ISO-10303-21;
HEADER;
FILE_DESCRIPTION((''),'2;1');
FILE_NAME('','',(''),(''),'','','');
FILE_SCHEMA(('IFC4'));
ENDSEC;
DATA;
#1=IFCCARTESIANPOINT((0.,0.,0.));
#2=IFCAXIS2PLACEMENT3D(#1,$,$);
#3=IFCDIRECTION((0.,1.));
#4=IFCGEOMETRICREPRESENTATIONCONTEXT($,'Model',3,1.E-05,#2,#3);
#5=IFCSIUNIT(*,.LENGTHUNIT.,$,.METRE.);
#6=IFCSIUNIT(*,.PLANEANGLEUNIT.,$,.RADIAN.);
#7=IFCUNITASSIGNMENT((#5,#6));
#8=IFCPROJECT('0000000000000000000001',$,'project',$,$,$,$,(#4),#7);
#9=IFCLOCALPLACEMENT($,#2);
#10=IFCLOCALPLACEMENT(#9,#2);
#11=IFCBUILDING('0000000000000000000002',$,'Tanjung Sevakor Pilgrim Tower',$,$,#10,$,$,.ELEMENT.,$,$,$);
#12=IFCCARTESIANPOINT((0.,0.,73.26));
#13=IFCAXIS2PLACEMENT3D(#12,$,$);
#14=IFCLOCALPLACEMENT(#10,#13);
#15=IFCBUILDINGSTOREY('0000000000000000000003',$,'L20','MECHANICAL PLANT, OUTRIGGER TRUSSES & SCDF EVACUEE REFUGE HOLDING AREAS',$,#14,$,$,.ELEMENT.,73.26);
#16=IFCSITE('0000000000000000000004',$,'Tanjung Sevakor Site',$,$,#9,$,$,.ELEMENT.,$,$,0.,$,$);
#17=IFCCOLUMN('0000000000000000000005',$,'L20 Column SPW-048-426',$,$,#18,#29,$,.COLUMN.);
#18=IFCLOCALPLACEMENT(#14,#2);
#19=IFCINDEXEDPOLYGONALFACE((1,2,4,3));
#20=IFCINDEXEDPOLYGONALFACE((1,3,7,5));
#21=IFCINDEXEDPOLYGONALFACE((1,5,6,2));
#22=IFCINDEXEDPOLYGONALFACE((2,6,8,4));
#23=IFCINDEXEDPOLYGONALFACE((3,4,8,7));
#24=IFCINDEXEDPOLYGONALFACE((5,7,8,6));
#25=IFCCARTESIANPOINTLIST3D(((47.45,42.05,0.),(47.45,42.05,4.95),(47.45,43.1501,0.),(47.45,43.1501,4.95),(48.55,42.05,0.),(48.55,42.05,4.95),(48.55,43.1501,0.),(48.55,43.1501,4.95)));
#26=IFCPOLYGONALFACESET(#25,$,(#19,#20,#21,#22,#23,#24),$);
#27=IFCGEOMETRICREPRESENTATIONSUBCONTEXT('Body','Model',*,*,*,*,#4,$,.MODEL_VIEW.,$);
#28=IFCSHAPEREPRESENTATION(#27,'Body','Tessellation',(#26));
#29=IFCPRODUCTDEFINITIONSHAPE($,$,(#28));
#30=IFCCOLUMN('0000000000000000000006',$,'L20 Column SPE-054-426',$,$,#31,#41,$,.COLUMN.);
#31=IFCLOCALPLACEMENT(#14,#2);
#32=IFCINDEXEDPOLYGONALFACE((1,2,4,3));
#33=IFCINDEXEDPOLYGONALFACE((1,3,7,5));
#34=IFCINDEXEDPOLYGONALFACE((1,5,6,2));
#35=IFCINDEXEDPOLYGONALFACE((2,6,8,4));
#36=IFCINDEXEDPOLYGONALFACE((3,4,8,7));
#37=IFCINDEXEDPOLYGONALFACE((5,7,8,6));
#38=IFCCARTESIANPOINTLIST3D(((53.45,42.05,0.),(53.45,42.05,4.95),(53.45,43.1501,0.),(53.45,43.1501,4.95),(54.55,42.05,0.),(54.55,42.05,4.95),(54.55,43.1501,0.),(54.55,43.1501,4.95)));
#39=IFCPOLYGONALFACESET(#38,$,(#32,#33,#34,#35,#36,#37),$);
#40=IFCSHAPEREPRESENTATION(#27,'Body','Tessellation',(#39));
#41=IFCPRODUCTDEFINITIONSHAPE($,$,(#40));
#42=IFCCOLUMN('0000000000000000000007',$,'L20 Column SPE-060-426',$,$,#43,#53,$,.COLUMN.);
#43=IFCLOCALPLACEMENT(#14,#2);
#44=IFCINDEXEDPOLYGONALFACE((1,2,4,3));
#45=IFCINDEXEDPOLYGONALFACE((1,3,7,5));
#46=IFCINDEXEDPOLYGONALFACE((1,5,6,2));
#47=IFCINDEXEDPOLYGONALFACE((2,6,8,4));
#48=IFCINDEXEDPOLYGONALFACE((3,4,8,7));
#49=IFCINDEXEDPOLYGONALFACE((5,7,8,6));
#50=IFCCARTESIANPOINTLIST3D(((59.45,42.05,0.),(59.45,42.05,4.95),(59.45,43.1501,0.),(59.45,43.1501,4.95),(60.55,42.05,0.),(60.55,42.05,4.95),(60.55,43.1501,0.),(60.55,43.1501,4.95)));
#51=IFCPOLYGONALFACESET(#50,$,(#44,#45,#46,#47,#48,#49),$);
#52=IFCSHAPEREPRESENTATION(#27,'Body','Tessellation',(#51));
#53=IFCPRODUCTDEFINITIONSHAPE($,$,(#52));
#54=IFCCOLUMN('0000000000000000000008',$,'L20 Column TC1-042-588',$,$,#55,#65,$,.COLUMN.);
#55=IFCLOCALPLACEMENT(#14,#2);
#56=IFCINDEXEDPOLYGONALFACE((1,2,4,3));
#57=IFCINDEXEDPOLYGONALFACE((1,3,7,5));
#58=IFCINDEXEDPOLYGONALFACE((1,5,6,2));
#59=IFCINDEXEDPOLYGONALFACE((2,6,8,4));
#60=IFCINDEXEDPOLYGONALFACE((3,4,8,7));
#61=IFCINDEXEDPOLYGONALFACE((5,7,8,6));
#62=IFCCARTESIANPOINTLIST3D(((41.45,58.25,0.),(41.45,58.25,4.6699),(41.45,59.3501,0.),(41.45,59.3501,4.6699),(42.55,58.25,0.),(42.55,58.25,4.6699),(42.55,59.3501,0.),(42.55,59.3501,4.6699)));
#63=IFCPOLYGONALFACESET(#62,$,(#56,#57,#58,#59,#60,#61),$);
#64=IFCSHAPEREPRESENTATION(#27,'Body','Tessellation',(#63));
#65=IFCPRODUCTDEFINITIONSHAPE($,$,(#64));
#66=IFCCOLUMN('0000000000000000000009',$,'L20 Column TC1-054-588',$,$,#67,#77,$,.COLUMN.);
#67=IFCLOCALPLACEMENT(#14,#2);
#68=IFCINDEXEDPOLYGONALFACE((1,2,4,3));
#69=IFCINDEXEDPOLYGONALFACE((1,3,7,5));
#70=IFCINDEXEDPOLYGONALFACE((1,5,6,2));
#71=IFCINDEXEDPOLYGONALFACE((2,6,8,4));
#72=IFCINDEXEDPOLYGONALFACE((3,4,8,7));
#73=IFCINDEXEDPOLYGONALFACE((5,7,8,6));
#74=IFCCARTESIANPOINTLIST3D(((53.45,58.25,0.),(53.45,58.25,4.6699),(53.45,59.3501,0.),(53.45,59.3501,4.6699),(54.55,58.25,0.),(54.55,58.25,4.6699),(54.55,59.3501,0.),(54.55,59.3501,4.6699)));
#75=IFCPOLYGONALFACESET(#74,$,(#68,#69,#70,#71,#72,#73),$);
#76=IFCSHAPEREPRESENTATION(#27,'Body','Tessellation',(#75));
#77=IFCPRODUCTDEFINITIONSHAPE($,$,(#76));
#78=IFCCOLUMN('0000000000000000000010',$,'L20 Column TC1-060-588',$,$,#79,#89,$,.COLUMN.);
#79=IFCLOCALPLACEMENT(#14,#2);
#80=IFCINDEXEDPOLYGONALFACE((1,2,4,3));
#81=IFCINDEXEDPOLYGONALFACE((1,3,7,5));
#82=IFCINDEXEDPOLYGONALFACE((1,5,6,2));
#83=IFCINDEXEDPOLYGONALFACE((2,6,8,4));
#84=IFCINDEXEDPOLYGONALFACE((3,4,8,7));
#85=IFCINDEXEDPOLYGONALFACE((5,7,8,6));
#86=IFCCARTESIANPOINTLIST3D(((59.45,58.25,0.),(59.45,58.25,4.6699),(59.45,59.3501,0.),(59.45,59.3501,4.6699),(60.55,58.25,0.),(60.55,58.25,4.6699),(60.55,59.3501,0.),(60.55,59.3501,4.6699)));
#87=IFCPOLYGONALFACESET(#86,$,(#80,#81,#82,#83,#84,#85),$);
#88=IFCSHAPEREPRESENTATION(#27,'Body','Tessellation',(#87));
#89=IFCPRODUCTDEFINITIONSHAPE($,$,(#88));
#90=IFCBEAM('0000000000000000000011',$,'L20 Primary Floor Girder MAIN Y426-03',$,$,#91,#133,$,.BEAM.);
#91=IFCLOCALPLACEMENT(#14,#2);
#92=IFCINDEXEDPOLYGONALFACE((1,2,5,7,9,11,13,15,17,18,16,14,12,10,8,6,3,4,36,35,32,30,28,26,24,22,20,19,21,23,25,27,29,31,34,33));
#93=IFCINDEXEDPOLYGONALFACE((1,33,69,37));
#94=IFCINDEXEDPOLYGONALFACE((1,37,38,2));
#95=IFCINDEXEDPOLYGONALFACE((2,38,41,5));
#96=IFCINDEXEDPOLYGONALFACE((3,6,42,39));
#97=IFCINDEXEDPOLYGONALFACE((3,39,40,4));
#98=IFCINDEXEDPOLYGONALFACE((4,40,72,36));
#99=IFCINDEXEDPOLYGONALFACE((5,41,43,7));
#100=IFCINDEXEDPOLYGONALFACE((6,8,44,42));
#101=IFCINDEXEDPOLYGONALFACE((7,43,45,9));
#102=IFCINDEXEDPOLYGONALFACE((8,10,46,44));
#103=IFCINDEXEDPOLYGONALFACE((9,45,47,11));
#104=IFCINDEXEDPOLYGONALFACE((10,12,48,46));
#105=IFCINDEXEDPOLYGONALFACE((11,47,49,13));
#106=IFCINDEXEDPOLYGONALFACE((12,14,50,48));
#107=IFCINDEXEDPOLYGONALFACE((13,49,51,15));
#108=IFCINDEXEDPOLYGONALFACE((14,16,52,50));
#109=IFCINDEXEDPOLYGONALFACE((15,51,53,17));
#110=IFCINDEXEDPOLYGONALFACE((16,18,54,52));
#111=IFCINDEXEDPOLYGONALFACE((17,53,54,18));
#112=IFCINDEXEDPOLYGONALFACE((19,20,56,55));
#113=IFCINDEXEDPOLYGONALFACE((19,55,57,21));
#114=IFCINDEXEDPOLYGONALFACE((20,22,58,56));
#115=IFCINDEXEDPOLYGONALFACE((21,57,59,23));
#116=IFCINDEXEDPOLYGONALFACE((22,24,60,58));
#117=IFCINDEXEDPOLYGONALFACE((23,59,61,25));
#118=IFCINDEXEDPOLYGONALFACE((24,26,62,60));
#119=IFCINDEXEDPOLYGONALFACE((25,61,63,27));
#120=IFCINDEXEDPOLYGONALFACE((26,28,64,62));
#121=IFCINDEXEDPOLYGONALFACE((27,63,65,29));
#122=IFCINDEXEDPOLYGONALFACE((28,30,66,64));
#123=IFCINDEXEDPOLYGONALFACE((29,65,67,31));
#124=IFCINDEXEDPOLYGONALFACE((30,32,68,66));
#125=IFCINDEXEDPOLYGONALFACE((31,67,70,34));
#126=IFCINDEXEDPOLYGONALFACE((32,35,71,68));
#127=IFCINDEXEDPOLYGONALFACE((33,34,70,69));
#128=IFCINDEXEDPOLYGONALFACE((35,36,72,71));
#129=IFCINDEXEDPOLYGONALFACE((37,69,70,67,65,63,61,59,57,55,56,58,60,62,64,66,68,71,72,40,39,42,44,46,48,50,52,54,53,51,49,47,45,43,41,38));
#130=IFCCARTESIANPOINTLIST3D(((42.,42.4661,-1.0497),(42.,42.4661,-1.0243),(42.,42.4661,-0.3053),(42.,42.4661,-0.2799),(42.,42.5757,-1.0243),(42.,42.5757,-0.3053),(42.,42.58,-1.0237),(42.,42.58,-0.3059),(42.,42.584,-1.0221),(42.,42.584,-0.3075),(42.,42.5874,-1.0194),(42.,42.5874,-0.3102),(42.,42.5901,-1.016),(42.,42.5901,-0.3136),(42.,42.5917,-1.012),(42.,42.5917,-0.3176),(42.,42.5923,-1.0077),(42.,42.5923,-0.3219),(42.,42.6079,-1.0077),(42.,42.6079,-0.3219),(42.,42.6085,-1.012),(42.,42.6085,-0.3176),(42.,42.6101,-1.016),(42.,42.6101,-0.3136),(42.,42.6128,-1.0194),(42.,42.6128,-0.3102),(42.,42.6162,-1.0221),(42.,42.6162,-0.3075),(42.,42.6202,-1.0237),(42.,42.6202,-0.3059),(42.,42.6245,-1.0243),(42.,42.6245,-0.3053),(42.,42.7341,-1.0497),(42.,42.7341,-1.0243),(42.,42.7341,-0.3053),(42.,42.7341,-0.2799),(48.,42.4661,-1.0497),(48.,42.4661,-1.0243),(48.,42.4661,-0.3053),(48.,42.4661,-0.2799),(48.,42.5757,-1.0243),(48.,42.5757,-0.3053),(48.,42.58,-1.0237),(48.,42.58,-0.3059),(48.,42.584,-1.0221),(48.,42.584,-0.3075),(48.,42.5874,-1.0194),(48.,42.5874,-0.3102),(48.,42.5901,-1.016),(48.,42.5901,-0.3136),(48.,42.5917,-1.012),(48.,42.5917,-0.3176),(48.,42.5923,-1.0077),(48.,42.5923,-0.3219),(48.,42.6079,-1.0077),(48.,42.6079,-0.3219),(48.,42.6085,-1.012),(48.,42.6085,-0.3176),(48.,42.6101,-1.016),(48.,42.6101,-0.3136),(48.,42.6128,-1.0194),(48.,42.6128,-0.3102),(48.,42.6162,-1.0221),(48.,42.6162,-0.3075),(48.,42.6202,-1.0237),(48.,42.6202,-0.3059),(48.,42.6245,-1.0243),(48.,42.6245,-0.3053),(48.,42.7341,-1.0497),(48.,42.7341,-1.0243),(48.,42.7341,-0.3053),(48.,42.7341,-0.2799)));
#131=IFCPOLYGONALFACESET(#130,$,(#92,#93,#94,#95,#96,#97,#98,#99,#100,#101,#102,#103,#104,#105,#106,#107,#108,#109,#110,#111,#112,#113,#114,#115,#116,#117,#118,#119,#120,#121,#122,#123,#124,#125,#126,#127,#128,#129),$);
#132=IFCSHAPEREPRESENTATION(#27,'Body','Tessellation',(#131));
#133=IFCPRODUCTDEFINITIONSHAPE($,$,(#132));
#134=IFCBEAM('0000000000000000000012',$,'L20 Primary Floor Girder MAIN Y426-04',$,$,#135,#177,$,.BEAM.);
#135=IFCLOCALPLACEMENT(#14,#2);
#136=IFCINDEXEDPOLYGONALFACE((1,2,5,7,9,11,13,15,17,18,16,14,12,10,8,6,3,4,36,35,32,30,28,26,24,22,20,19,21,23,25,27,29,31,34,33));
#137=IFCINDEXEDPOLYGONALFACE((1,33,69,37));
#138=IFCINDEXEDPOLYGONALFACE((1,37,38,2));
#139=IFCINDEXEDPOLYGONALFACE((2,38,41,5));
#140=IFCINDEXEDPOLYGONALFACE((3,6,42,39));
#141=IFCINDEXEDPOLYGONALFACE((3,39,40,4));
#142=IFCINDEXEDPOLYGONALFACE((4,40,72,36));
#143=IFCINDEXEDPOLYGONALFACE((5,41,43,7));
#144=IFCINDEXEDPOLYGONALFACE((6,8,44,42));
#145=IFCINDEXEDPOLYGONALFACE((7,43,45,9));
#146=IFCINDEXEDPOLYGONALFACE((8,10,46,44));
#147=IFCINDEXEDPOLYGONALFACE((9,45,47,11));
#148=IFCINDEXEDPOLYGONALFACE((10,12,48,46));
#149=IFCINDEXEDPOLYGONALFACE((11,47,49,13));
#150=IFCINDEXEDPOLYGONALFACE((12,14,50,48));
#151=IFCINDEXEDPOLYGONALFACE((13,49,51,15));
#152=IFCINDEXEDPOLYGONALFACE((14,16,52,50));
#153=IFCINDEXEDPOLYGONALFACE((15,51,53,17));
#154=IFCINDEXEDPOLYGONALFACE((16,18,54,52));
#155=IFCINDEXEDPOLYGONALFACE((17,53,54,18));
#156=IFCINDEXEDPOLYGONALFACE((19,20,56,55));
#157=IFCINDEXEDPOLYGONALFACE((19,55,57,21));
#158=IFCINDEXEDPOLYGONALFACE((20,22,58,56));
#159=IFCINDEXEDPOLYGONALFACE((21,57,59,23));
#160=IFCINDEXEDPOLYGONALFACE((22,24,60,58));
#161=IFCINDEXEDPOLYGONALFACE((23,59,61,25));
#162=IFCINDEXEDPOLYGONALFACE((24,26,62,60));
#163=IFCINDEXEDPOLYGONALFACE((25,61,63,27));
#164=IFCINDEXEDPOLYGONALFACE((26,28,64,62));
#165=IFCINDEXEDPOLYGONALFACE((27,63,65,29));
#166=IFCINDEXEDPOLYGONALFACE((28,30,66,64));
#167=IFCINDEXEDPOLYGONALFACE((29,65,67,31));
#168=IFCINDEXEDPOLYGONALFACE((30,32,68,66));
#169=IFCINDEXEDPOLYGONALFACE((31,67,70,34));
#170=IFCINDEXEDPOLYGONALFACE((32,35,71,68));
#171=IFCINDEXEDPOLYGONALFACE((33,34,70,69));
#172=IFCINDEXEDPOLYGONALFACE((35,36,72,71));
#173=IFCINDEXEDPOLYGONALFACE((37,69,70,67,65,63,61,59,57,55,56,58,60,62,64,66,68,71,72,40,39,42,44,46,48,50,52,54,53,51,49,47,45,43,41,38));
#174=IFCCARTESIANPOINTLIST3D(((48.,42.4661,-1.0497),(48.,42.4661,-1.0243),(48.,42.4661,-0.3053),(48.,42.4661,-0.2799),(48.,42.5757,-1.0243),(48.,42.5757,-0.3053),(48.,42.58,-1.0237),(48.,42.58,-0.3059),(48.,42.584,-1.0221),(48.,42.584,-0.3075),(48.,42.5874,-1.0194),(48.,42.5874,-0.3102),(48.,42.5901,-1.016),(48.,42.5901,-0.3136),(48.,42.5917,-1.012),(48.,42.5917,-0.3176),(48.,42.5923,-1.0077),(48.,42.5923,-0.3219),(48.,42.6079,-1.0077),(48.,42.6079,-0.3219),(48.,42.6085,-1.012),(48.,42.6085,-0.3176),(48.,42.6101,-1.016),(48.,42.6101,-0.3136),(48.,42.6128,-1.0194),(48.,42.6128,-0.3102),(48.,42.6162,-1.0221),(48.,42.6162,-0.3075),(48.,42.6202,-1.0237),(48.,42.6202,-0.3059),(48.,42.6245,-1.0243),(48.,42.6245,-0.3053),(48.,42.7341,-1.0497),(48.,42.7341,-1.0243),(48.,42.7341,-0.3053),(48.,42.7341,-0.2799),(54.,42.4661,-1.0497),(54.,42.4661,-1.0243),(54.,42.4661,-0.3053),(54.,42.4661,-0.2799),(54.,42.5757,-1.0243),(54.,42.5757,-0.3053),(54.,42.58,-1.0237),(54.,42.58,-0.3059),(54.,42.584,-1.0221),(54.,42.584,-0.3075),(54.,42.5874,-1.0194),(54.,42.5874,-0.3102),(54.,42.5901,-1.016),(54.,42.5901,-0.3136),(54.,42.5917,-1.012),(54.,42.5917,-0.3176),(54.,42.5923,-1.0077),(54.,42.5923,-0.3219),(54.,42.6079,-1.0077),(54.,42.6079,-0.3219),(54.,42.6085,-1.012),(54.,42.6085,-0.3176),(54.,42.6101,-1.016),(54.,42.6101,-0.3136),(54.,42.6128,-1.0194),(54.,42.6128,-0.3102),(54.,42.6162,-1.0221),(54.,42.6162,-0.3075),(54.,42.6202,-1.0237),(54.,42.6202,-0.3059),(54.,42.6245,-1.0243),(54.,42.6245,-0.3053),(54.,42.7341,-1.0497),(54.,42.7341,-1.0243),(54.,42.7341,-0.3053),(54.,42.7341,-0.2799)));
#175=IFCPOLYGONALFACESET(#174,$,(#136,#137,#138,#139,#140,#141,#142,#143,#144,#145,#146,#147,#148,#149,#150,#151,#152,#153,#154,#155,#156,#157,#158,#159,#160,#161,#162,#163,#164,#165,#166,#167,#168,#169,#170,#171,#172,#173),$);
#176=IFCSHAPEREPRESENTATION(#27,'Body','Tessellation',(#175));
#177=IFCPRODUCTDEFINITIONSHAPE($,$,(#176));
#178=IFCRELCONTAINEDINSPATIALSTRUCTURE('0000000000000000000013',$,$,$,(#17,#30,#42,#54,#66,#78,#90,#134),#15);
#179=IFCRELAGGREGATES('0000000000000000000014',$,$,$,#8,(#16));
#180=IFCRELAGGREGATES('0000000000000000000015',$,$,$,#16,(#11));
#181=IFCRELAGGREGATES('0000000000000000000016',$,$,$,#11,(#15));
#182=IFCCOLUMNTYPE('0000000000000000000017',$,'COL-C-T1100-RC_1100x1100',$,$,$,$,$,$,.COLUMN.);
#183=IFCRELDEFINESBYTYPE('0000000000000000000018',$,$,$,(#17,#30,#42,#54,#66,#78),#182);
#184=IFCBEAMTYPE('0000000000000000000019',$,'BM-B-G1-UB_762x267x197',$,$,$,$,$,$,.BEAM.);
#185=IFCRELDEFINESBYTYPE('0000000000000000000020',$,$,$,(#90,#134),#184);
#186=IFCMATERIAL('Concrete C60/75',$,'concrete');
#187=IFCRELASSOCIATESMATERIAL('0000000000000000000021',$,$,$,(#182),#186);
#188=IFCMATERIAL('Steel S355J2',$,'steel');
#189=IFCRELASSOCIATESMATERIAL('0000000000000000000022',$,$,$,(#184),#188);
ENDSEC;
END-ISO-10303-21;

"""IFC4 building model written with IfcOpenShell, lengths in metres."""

from ifc_helpers import new_model, si_unit, direction, frame, origin, origin_2d, place, context, subcontext, project, spatial, rectangle, i_section, extrude, material, material_profile, profile_set, type_object, element, save


model = new_model("IFC4")

# Units and contexts
model_context = context("Model", 3, precision=1e-05, world=origin(), true_north=direction((0.0, 1.0)))
body_context = subcontext(model_context, "Body", "Model", "MODEL_VIEW")
ifc_project = project(units=[si_unit("LENGTHUNIT", "METRE"), si_unit("PLANEANGLEUNIT", "RADIAN")], contexts=[model_context])

# Site, building, storey
site_placement = place(None, origin())
site = spatial("IfcSite", under=ifc_project, at=site_placement, Name="Tanjung Sevakor Site", CompositionType="ELEMENT", RefElevation=0.0)
building_placement = place(site_placement, origin())
building = spatial("IfcBuilding", under=site, at=building_placement, Name="Tanjung Sevakor Pilgrim Tower", CompositionType="ELEMENT")
storey_placement = place(building_placement, frame((0.0, 0.0, 73.26)))
storey = spatial("IfcBuildingStorey", under=building, at=storey_placement, Name="L20", Description="MECHANICAL PLANT, OUTRIGGER TRUSSES & SCDF EVACUEE REFUGE HOLDING AREAS", CompositionType="ELEMENT", Elevation=73.26)

# Columns
ifc_material_1 = material(Name="Concrete C60/75", Category="concrete")
ifc_material_profile_1 = material_profile(ifc_material_1, rectangle(XDim=1.1001, YDim=1.1001, at=origin_2d()))
ifc_profile_set_1 = profile_set([ifc_material_profile_1], Name="Concrete C60/75")
column_type = type_object("IfcColumnType", Name="COL-C-T1100-RC_1100x1100", PredefinedType="COLUMN", material=ifc_profile_set_1)
for number, where, z_axis, x_axis, name in (
    (1, (48.0, 42.6001, 0.0), (0.0, 0.0, 1.0), (1.0, 0.0, 0.0), "L20 Column SPW-048-426"),
    (2, (54.0, 42.6001, 0.0), (0.0, 0.0, 1.0), (1.0, 0.0, 0.0), "L20 Column SPE-054-426"),
    (3, (60.0, 42.6001, 0.0), (0.0, 0.0, 1.0), (1.0, 0.0, 0.0), "L20 Column SPE-060-426"),
):
    element("IfcColumn", number, at=place(storey_placement, frame(where, z_axis=z_axis, x_axis=x_axis)), inside=storey, type_object=column_type, Name=name, PredefinedType="COLUMN", context=body_context, shape_type="SweptSolid", body=[
        extrude(rectangle(XDim=1.1001, YDim=1.1001, at=origin_2d()), origin(), (0.0, 0.0, 1.0), 4.95),
    ])
for number, where, z_axis, x_axis, name in (
    (4, (42.0, 58.8, 0.0), (0.0, 0.0, 1.0), (1.0, 0.0, 0.0), "L20 Column TC1-042-588"),
    (5, (54.0, 58.8, 0.0), (0.0, 0.0, 1.0), (1.0, 0.0, 0.0), "L20 Column TC1-054-588"),
    (6, (60.0, 58.8, 0.0), (0.0, 0.0, 1.0), (1.0, 0.0, 0.0), "L20 Column TC1-060-588"),
):
    element("IfcColumn", number, at=place(storey_placement, frame(where, z_axis=z_axis, x_axis=x_axis)), inside=storey, type_object=column_type, Name=name, PredefinedType="COLUMN", context=body_context, shape_type="SweptSolid", body=[
        extrude(rectangle(XDim=1.1001, YDim=1.1001, at=origin_2d()), origin(), (0.0, 0.0, 1.0), 4.6699),
    ])

# Beams
ifc_material_2 = material(Name="Steel S355J2", Category="steel")
ifc_material_profile_2 = material_profile(ifc_material_2, i_section(OverallWidth=0.2681, OverallDepth=0.7698, WebThickness=0.0156, FlangeThickness=0.0254, FilletRadius=0.0166, at=origin_2d()))
ifc_profile_set_2 = profile_set([ifc_material_profile_2], Name="Steel S355J2")
beam_type_1 = type_object("IfcBeamType", Name="BM-B-G1-UB_762x267x197", PredefinedType="BEAM", material=ifc_profile_set_2)
for number, where, z_axis, x_axis, name in (
    (7, (42.0, 42.6001, -0.6648), (1.0, 0.0, 0.0), (0.0, 1.0, 0.0), "L20 Primary Floor Girder MAIN Y426-03"),
    (8, (48.0, 42.6001, -0.6648), (1.0, 0.0, 0.0), (0.0, 1.0, 0.0), "L20 Primary Floor Girder MAIN Y426-04"),
):
    element("IfcBeam", number, at=place(storey_placement, frame(where, z_axis=z_axis, x_axis=x_axis)), inside=storey, type_object=beam_type_1, Name=name, PredefinedType="BEAM", context=body_context, shape_type="SweptSolid", body=[
        extrude(i_section(OverallWidth=0.2681, OverallDepth=0.7698, WebThickness=0.0156, FlangeThickness=0.0254, FilletRadius=0.0166, at=origin_2d()), origin(), (0.0, 0.0, 1.0), 6.0),
    ])

save(model, "model.ifc")
